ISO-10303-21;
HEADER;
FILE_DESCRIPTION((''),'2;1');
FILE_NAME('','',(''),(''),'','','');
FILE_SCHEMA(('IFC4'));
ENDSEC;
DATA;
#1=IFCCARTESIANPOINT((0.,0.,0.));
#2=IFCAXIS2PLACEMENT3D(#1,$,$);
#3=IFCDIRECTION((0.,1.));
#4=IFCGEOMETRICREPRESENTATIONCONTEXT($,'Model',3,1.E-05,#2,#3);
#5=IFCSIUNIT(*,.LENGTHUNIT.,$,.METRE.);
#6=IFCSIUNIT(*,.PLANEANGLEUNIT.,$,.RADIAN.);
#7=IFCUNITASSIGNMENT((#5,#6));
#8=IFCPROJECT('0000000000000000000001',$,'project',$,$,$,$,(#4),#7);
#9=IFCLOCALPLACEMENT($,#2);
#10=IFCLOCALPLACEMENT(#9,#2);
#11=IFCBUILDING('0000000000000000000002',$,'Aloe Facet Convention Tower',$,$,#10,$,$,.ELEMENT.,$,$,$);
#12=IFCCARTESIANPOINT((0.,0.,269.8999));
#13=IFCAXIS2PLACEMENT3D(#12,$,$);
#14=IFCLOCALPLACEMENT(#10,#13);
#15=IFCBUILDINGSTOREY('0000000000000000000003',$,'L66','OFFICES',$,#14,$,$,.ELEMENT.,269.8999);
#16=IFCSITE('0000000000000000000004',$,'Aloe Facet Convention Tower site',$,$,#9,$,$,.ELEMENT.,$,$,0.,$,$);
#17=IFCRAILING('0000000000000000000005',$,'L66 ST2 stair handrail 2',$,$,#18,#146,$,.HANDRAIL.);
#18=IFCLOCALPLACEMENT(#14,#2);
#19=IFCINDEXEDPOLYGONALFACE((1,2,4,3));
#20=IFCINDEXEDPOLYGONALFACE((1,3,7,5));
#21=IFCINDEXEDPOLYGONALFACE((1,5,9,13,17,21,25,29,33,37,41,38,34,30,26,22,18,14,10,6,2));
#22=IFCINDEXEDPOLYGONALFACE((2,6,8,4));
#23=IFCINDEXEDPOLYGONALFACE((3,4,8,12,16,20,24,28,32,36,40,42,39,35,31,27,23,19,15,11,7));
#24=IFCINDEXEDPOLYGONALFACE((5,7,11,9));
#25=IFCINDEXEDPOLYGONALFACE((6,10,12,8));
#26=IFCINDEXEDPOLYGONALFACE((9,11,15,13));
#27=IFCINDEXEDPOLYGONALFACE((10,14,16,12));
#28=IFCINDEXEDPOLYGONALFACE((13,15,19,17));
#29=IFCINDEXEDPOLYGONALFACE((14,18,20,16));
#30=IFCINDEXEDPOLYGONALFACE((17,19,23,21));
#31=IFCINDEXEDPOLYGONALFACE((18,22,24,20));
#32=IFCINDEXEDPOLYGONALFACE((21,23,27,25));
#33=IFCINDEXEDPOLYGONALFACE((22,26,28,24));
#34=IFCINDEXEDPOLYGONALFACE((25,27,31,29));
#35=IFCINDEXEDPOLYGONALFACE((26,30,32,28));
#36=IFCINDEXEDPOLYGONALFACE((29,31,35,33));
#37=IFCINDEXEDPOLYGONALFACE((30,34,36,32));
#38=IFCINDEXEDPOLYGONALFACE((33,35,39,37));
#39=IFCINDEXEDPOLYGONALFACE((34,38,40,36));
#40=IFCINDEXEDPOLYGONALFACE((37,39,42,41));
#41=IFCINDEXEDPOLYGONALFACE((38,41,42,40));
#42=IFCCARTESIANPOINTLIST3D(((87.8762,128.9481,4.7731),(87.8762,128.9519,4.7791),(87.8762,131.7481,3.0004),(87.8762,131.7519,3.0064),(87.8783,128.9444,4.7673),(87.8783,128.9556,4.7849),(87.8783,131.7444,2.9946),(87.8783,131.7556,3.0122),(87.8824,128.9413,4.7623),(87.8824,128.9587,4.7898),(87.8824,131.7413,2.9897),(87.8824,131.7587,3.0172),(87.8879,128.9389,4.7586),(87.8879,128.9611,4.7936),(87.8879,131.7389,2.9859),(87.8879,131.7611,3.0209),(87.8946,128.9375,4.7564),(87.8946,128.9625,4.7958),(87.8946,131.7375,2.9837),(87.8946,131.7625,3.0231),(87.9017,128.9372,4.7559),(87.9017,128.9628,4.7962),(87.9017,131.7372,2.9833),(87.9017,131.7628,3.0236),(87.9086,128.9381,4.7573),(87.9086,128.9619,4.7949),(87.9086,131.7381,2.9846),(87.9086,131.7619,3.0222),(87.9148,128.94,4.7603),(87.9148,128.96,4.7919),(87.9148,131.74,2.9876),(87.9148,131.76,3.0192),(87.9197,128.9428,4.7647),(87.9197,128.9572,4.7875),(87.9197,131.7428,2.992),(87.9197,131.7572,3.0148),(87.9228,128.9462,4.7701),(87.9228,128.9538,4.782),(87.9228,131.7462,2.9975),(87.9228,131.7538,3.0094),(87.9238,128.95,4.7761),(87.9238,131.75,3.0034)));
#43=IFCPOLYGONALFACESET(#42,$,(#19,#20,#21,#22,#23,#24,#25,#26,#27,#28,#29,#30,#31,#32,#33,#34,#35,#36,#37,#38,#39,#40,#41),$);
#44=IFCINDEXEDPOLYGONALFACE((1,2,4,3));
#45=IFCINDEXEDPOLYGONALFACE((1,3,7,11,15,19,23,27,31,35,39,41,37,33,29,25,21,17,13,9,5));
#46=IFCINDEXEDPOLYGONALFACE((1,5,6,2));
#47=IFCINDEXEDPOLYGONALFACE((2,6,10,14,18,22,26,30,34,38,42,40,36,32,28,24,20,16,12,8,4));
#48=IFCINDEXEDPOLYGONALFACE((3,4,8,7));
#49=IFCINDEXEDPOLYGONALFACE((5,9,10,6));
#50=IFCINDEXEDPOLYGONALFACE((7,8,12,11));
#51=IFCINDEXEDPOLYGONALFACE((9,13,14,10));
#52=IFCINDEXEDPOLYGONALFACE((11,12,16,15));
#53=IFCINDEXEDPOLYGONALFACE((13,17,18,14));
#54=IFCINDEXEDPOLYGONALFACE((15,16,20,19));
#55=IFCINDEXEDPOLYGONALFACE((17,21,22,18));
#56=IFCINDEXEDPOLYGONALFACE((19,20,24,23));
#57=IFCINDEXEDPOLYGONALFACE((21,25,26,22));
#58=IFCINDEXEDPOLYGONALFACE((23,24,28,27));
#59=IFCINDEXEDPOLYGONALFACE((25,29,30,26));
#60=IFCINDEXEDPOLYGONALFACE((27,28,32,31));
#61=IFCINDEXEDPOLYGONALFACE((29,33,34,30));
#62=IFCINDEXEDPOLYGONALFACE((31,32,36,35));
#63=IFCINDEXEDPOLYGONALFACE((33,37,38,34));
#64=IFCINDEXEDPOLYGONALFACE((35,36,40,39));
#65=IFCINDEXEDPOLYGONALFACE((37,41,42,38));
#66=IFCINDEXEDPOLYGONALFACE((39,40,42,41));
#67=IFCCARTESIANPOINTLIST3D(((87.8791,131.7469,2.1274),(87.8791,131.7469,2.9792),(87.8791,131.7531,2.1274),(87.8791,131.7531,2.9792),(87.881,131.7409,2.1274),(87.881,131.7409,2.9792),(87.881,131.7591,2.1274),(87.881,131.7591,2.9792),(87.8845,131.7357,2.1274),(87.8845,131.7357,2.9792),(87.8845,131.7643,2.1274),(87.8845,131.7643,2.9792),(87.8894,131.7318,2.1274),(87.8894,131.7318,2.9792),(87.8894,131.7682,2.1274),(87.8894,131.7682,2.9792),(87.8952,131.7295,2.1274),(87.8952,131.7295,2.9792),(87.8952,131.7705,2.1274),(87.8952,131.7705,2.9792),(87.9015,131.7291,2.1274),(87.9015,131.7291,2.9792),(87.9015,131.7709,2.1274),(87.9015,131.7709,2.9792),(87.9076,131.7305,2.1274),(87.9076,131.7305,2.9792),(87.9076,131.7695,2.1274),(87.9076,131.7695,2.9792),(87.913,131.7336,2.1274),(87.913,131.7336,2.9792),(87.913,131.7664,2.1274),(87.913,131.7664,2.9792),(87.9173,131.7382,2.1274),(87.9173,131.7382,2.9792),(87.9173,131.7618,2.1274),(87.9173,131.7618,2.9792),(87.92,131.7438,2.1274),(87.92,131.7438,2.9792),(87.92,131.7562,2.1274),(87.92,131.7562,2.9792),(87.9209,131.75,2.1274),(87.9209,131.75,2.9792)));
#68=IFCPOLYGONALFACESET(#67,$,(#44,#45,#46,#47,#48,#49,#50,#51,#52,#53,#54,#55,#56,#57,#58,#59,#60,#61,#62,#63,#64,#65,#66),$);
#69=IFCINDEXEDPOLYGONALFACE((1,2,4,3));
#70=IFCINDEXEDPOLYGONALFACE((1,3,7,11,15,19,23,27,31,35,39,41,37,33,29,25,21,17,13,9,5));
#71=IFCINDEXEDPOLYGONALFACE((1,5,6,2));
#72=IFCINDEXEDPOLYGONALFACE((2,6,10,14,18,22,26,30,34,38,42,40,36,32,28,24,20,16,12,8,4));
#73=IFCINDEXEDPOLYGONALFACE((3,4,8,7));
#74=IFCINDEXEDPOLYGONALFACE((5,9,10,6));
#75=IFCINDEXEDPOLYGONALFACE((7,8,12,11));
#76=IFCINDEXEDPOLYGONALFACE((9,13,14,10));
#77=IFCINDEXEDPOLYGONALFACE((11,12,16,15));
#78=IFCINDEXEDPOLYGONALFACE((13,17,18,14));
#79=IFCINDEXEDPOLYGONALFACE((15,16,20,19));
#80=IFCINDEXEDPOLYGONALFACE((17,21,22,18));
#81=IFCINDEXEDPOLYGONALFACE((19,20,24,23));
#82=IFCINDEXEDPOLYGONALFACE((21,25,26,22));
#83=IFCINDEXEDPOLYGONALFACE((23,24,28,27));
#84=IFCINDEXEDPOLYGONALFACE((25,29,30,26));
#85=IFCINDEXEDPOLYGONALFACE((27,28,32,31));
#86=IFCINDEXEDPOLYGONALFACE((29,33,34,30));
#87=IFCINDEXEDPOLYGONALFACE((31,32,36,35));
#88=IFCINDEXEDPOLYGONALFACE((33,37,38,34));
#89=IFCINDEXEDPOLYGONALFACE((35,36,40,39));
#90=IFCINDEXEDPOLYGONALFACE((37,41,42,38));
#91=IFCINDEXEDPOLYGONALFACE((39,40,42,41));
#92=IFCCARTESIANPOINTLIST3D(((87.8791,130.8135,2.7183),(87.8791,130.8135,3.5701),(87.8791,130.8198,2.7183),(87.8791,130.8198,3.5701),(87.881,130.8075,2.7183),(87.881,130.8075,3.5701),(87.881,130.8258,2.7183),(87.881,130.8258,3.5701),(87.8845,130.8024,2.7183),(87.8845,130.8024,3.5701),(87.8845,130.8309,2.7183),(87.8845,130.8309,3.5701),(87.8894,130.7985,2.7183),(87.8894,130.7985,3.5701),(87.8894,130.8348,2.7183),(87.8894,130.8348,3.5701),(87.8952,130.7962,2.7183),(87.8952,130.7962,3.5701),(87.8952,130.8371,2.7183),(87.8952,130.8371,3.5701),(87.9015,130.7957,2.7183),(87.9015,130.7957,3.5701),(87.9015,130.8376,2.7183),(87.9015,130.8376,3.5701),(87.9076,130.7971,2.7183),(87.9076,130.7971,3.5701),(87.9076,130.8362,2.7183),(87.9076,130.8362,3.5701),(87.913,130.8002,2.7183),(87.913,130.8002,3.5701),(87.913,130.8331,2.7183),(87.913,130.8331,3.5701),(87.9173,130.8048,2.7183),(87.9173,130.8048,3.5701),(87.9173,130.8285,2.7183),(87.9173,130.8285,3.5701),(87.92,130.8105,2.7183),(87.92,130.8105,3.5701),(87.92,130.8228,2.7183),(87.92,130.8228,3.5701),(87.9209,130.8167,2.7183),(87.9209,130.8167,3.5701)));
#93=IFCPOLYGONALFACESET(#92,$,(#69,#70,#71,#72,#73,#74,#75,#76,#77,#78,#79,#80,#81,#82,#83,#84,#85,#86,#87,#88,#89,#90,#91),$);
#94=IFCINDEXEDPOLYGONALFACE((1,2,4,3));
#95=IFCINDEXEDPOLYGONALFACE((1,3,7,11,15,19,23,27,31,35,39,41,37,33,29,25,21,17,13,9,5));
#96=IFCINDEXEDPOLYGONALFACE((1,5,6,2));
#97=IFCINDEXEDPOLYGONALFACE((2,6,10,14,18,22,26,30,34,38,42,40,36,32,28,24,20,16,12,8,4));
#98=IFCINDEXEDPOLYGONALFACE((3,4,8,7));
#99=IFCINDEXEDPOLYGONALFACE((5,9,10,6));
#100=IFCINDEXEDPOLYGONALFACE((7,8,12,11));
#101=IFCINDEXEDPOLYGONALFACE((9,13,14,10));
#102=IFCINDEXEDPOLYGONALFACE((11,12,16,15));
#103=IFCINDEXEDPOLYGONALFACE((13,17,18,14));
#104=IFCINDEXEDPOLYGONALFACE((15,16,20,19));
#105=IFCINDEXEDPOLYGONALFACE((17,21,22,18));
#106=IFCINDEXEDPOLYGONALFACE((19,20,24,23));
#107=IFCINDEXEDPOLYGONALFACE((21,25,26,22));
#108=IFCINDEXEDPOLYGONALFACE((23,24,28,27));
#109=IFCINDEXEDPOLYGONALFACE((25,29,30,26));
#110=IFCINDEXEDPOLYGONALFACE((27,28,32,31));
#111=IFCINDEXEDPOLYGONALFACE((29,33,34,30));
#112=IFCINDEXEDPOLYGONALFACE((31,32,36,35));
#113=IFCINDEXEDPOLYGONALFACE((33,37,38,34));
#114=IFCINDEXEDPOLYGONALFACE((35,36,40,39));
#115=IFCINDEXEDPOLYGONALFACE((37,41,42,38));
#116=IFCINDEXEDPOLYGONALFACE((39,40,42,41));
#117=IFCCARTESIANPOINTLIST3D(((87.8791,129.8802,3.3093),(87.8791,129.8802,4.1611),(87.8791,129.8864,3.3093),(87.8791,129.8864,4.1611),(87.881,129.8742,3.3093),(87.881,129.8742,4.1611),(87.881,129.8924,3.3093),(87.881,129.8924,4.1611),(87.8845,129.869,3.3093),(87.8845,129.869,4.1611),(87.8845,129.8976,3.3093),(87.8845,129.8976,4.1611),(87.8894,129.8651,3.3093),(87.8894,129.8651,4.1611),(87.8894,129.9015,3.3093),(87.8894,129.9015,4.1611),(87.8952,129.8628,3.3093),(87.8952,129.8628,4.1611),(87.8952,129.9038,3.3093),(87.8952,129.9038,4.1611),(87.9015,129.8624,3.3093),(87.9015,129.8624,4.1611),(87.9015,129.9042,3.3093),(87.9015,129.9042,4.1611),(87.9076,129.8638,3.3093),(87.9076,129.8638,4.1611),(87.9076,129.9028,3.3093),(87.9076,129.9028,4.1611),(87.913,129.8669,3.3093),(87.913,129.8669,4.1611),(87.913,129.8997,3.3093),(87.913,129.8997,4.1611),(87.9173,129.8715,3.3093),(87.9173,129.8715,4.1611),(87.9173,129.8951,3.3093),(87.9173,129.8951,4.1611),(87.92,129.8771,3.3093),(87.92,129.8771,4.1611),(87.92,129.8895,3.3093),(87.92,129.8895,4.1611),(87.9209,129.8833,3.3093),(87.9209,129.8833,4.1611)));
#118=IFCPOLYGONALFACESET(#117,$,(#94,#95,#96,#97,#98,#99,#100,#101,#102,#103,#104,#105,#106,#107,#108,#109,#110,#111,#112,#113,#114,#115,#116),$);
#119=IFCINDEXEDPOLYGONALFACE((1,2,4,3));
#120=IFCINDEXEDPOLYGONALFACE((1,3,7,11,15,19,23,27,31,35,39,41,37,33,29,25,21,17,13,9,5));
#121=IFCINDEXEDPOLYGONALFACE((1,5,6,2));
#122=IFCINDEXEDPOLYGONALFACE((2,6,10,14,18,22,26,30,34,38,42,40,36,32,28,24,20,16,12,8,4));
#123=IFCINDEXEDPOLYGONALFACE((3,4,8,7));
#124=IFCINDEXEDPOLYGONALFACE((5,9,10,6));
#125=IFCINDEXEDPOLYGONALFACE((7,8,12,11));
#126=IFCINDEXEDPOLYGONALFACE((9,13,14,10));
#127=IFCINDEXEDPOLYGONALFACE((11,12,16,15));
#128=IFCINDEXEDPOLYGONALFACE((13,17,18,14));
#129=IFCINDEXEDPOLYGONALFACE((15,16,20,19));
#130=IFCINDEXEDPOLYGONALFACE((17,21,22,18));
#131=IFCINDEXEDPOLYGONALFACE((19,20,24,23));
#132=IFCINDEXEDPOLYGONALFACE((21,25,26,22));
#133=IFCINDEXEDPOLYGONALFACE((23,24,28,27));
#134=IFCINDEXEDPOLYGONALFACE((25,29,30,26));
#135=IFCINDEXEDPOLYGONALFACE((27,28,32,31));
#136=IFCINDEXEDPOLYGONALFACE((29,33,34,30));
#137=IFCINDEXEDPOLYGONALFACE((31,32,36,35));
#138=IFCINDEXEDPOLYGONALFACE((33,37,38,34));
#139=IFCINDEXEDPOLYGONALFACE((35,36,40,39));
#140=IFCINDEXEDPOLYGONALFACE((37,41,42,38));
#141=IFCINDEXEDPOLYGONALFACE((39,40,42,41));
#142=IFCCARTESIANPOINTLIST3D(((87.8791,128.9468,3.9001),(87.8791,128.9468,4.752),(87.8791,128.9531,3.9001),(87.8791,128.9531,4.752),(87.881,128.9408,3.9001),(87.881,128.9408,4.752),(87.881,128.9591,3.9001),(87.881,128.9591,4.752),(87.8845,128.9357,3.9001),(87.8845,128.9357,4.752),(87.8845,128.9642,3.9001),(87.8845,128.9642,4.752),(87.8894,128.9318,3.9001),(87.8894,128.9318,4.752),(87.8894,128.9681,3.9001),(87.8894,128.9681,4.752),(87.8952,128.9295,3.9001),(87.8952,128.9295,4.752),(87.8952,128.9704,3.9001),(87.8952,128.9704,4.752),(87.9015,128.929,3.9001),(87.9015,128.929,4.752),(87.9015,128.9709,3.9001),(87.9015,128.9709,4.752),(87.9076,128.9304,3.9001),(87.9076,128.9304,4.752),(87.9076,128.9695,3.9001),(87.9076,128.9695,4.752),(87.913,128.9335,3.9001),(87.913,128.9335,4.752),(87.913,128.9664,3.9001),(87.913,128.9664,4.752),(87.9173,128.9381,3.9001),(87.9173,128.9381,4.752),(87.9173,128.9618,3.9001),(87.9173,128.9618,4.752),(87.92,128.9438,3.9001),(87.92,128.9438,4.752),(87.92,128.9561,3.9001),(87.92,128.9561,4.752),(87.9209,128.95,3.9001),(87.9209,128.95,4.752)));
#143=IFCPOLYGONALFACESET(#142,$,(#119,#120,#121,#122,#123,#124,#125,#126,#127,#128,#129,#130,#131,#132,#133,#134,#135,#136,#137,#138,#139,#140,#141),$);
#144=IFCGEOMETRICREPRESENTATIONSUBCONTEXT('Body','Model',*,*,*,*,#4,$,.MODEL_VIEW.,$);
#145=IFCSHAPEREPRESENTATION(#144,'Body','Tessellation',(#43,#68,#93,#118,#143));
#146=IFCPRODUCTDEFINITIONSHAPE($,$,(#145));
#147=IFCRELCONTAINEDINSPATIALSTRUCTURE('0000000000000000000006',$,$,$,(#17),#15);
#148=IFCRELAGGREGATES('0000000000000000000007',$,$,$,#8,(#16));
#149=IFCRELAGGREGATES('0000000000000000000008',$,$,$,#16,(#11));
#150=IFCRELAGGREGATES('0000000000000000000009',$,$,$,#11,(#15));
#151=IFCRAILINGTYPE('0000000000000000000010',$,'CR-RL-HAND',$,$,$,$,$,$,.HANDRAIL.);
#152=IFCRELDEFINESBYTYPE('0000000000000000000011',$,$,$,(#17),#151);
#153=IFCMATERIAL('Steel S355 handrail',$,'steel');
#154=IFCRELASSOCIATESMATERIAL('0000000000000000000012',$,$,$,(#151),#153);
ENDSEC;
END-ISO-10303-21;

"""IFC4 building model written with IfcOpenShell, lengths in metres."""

from ifc_helpers import new_model, si_unit, direction, frame, origin, origin_2d, place, context, subcontext, project, spatial, circle, extrude, material, type_object, element, save


model = new_model("IFC4")

# Units and contexts
model_context = context("Model", 3, precision=1e-05, world=origin(), true_north=direction((0.0, 1.0)))
body_context = subcontext(model_context, "Body", "Model", "MODEL_VIEW")
ifc_project = project(units=[si_unit("LENGTHUNIT", "METRE"), si_unit("PLANEANGLEUNIT", "RADIAN")], contexts=[model_context])

# Site, building, storey
site_placement = place(None, origin())
site = spatial("IfcSite", under=ifc_project, at=site_placement, Name="Aloe Facet Convention Tower site", CompositionType="ELEMENT", RefElevation=0.0)
building_placement = place(site_placement, origin())
building = spatial("IfcBuilding", under=site, at=building_placement, Name="Aloe Facet Convention Tower", CompositionType="ELEMENT")
storey_placement = place(building_placement, frame((0.0, 0.0, 269.8999)))
storey = spatial("IfcBuildingStorey", under=building, at=storey_placement, Name="L66", Description="OFFICES", CompositionType="ELEMENT", Elevation=269.8999)

# Railing
ifc_material_1 = material(Name="Steel S355 handrail", Category="steel")
railing_type_1 = type_object("IfcRailingType", Name="CR-RL-HAND", PredefinedType="HANDRAIL", material=ifc_material_1)
railing_1_placement = place(storey_placement, frame((87.8999, 131.75, 2.1274)))
element("IfcRailing", 1, at=railing_1_placement, inside=storey, type_object=railing_type_1, Name="L66 ST2 stair handrail 2", PredefinedType="HANDRAIL", context=body_context, shape_type="SweptSolid", body=[
    extrude(circle(Radius=0.0239, at=origin_2d()), frame((0.0, 0.0, 0.876), z_axis=(0.0, -0.844909, 0.53491), x_axis=(1.0, 0.0, 0.0)), (0.0, 0.0, 1.0), 3.314),
    extrude(circle(Radius=0.021, at=origin_2d()), origin(), (0.0, 0.0, 1.0), 0.8518),
    extrude(circle(Radius=0.021, at=origin_2d()), frame((0.0, -0.9333, 0.5908)), (0.0, 0.0, 1.0), 0.8518),
    extrude(circle(Radius=0.021, at=origin_2d()), frame((0.0, -1.8667, 1.1819)), (0.0, 0.0, 1.0), 0.8518),
    extrude(circle(Radius=0.021, at=origin_2d()), frame((0.0, -2.8, 1.7727)), (0.0, 0.0, 1.0), 0.8518),
])

save(model, "model.ifc")
